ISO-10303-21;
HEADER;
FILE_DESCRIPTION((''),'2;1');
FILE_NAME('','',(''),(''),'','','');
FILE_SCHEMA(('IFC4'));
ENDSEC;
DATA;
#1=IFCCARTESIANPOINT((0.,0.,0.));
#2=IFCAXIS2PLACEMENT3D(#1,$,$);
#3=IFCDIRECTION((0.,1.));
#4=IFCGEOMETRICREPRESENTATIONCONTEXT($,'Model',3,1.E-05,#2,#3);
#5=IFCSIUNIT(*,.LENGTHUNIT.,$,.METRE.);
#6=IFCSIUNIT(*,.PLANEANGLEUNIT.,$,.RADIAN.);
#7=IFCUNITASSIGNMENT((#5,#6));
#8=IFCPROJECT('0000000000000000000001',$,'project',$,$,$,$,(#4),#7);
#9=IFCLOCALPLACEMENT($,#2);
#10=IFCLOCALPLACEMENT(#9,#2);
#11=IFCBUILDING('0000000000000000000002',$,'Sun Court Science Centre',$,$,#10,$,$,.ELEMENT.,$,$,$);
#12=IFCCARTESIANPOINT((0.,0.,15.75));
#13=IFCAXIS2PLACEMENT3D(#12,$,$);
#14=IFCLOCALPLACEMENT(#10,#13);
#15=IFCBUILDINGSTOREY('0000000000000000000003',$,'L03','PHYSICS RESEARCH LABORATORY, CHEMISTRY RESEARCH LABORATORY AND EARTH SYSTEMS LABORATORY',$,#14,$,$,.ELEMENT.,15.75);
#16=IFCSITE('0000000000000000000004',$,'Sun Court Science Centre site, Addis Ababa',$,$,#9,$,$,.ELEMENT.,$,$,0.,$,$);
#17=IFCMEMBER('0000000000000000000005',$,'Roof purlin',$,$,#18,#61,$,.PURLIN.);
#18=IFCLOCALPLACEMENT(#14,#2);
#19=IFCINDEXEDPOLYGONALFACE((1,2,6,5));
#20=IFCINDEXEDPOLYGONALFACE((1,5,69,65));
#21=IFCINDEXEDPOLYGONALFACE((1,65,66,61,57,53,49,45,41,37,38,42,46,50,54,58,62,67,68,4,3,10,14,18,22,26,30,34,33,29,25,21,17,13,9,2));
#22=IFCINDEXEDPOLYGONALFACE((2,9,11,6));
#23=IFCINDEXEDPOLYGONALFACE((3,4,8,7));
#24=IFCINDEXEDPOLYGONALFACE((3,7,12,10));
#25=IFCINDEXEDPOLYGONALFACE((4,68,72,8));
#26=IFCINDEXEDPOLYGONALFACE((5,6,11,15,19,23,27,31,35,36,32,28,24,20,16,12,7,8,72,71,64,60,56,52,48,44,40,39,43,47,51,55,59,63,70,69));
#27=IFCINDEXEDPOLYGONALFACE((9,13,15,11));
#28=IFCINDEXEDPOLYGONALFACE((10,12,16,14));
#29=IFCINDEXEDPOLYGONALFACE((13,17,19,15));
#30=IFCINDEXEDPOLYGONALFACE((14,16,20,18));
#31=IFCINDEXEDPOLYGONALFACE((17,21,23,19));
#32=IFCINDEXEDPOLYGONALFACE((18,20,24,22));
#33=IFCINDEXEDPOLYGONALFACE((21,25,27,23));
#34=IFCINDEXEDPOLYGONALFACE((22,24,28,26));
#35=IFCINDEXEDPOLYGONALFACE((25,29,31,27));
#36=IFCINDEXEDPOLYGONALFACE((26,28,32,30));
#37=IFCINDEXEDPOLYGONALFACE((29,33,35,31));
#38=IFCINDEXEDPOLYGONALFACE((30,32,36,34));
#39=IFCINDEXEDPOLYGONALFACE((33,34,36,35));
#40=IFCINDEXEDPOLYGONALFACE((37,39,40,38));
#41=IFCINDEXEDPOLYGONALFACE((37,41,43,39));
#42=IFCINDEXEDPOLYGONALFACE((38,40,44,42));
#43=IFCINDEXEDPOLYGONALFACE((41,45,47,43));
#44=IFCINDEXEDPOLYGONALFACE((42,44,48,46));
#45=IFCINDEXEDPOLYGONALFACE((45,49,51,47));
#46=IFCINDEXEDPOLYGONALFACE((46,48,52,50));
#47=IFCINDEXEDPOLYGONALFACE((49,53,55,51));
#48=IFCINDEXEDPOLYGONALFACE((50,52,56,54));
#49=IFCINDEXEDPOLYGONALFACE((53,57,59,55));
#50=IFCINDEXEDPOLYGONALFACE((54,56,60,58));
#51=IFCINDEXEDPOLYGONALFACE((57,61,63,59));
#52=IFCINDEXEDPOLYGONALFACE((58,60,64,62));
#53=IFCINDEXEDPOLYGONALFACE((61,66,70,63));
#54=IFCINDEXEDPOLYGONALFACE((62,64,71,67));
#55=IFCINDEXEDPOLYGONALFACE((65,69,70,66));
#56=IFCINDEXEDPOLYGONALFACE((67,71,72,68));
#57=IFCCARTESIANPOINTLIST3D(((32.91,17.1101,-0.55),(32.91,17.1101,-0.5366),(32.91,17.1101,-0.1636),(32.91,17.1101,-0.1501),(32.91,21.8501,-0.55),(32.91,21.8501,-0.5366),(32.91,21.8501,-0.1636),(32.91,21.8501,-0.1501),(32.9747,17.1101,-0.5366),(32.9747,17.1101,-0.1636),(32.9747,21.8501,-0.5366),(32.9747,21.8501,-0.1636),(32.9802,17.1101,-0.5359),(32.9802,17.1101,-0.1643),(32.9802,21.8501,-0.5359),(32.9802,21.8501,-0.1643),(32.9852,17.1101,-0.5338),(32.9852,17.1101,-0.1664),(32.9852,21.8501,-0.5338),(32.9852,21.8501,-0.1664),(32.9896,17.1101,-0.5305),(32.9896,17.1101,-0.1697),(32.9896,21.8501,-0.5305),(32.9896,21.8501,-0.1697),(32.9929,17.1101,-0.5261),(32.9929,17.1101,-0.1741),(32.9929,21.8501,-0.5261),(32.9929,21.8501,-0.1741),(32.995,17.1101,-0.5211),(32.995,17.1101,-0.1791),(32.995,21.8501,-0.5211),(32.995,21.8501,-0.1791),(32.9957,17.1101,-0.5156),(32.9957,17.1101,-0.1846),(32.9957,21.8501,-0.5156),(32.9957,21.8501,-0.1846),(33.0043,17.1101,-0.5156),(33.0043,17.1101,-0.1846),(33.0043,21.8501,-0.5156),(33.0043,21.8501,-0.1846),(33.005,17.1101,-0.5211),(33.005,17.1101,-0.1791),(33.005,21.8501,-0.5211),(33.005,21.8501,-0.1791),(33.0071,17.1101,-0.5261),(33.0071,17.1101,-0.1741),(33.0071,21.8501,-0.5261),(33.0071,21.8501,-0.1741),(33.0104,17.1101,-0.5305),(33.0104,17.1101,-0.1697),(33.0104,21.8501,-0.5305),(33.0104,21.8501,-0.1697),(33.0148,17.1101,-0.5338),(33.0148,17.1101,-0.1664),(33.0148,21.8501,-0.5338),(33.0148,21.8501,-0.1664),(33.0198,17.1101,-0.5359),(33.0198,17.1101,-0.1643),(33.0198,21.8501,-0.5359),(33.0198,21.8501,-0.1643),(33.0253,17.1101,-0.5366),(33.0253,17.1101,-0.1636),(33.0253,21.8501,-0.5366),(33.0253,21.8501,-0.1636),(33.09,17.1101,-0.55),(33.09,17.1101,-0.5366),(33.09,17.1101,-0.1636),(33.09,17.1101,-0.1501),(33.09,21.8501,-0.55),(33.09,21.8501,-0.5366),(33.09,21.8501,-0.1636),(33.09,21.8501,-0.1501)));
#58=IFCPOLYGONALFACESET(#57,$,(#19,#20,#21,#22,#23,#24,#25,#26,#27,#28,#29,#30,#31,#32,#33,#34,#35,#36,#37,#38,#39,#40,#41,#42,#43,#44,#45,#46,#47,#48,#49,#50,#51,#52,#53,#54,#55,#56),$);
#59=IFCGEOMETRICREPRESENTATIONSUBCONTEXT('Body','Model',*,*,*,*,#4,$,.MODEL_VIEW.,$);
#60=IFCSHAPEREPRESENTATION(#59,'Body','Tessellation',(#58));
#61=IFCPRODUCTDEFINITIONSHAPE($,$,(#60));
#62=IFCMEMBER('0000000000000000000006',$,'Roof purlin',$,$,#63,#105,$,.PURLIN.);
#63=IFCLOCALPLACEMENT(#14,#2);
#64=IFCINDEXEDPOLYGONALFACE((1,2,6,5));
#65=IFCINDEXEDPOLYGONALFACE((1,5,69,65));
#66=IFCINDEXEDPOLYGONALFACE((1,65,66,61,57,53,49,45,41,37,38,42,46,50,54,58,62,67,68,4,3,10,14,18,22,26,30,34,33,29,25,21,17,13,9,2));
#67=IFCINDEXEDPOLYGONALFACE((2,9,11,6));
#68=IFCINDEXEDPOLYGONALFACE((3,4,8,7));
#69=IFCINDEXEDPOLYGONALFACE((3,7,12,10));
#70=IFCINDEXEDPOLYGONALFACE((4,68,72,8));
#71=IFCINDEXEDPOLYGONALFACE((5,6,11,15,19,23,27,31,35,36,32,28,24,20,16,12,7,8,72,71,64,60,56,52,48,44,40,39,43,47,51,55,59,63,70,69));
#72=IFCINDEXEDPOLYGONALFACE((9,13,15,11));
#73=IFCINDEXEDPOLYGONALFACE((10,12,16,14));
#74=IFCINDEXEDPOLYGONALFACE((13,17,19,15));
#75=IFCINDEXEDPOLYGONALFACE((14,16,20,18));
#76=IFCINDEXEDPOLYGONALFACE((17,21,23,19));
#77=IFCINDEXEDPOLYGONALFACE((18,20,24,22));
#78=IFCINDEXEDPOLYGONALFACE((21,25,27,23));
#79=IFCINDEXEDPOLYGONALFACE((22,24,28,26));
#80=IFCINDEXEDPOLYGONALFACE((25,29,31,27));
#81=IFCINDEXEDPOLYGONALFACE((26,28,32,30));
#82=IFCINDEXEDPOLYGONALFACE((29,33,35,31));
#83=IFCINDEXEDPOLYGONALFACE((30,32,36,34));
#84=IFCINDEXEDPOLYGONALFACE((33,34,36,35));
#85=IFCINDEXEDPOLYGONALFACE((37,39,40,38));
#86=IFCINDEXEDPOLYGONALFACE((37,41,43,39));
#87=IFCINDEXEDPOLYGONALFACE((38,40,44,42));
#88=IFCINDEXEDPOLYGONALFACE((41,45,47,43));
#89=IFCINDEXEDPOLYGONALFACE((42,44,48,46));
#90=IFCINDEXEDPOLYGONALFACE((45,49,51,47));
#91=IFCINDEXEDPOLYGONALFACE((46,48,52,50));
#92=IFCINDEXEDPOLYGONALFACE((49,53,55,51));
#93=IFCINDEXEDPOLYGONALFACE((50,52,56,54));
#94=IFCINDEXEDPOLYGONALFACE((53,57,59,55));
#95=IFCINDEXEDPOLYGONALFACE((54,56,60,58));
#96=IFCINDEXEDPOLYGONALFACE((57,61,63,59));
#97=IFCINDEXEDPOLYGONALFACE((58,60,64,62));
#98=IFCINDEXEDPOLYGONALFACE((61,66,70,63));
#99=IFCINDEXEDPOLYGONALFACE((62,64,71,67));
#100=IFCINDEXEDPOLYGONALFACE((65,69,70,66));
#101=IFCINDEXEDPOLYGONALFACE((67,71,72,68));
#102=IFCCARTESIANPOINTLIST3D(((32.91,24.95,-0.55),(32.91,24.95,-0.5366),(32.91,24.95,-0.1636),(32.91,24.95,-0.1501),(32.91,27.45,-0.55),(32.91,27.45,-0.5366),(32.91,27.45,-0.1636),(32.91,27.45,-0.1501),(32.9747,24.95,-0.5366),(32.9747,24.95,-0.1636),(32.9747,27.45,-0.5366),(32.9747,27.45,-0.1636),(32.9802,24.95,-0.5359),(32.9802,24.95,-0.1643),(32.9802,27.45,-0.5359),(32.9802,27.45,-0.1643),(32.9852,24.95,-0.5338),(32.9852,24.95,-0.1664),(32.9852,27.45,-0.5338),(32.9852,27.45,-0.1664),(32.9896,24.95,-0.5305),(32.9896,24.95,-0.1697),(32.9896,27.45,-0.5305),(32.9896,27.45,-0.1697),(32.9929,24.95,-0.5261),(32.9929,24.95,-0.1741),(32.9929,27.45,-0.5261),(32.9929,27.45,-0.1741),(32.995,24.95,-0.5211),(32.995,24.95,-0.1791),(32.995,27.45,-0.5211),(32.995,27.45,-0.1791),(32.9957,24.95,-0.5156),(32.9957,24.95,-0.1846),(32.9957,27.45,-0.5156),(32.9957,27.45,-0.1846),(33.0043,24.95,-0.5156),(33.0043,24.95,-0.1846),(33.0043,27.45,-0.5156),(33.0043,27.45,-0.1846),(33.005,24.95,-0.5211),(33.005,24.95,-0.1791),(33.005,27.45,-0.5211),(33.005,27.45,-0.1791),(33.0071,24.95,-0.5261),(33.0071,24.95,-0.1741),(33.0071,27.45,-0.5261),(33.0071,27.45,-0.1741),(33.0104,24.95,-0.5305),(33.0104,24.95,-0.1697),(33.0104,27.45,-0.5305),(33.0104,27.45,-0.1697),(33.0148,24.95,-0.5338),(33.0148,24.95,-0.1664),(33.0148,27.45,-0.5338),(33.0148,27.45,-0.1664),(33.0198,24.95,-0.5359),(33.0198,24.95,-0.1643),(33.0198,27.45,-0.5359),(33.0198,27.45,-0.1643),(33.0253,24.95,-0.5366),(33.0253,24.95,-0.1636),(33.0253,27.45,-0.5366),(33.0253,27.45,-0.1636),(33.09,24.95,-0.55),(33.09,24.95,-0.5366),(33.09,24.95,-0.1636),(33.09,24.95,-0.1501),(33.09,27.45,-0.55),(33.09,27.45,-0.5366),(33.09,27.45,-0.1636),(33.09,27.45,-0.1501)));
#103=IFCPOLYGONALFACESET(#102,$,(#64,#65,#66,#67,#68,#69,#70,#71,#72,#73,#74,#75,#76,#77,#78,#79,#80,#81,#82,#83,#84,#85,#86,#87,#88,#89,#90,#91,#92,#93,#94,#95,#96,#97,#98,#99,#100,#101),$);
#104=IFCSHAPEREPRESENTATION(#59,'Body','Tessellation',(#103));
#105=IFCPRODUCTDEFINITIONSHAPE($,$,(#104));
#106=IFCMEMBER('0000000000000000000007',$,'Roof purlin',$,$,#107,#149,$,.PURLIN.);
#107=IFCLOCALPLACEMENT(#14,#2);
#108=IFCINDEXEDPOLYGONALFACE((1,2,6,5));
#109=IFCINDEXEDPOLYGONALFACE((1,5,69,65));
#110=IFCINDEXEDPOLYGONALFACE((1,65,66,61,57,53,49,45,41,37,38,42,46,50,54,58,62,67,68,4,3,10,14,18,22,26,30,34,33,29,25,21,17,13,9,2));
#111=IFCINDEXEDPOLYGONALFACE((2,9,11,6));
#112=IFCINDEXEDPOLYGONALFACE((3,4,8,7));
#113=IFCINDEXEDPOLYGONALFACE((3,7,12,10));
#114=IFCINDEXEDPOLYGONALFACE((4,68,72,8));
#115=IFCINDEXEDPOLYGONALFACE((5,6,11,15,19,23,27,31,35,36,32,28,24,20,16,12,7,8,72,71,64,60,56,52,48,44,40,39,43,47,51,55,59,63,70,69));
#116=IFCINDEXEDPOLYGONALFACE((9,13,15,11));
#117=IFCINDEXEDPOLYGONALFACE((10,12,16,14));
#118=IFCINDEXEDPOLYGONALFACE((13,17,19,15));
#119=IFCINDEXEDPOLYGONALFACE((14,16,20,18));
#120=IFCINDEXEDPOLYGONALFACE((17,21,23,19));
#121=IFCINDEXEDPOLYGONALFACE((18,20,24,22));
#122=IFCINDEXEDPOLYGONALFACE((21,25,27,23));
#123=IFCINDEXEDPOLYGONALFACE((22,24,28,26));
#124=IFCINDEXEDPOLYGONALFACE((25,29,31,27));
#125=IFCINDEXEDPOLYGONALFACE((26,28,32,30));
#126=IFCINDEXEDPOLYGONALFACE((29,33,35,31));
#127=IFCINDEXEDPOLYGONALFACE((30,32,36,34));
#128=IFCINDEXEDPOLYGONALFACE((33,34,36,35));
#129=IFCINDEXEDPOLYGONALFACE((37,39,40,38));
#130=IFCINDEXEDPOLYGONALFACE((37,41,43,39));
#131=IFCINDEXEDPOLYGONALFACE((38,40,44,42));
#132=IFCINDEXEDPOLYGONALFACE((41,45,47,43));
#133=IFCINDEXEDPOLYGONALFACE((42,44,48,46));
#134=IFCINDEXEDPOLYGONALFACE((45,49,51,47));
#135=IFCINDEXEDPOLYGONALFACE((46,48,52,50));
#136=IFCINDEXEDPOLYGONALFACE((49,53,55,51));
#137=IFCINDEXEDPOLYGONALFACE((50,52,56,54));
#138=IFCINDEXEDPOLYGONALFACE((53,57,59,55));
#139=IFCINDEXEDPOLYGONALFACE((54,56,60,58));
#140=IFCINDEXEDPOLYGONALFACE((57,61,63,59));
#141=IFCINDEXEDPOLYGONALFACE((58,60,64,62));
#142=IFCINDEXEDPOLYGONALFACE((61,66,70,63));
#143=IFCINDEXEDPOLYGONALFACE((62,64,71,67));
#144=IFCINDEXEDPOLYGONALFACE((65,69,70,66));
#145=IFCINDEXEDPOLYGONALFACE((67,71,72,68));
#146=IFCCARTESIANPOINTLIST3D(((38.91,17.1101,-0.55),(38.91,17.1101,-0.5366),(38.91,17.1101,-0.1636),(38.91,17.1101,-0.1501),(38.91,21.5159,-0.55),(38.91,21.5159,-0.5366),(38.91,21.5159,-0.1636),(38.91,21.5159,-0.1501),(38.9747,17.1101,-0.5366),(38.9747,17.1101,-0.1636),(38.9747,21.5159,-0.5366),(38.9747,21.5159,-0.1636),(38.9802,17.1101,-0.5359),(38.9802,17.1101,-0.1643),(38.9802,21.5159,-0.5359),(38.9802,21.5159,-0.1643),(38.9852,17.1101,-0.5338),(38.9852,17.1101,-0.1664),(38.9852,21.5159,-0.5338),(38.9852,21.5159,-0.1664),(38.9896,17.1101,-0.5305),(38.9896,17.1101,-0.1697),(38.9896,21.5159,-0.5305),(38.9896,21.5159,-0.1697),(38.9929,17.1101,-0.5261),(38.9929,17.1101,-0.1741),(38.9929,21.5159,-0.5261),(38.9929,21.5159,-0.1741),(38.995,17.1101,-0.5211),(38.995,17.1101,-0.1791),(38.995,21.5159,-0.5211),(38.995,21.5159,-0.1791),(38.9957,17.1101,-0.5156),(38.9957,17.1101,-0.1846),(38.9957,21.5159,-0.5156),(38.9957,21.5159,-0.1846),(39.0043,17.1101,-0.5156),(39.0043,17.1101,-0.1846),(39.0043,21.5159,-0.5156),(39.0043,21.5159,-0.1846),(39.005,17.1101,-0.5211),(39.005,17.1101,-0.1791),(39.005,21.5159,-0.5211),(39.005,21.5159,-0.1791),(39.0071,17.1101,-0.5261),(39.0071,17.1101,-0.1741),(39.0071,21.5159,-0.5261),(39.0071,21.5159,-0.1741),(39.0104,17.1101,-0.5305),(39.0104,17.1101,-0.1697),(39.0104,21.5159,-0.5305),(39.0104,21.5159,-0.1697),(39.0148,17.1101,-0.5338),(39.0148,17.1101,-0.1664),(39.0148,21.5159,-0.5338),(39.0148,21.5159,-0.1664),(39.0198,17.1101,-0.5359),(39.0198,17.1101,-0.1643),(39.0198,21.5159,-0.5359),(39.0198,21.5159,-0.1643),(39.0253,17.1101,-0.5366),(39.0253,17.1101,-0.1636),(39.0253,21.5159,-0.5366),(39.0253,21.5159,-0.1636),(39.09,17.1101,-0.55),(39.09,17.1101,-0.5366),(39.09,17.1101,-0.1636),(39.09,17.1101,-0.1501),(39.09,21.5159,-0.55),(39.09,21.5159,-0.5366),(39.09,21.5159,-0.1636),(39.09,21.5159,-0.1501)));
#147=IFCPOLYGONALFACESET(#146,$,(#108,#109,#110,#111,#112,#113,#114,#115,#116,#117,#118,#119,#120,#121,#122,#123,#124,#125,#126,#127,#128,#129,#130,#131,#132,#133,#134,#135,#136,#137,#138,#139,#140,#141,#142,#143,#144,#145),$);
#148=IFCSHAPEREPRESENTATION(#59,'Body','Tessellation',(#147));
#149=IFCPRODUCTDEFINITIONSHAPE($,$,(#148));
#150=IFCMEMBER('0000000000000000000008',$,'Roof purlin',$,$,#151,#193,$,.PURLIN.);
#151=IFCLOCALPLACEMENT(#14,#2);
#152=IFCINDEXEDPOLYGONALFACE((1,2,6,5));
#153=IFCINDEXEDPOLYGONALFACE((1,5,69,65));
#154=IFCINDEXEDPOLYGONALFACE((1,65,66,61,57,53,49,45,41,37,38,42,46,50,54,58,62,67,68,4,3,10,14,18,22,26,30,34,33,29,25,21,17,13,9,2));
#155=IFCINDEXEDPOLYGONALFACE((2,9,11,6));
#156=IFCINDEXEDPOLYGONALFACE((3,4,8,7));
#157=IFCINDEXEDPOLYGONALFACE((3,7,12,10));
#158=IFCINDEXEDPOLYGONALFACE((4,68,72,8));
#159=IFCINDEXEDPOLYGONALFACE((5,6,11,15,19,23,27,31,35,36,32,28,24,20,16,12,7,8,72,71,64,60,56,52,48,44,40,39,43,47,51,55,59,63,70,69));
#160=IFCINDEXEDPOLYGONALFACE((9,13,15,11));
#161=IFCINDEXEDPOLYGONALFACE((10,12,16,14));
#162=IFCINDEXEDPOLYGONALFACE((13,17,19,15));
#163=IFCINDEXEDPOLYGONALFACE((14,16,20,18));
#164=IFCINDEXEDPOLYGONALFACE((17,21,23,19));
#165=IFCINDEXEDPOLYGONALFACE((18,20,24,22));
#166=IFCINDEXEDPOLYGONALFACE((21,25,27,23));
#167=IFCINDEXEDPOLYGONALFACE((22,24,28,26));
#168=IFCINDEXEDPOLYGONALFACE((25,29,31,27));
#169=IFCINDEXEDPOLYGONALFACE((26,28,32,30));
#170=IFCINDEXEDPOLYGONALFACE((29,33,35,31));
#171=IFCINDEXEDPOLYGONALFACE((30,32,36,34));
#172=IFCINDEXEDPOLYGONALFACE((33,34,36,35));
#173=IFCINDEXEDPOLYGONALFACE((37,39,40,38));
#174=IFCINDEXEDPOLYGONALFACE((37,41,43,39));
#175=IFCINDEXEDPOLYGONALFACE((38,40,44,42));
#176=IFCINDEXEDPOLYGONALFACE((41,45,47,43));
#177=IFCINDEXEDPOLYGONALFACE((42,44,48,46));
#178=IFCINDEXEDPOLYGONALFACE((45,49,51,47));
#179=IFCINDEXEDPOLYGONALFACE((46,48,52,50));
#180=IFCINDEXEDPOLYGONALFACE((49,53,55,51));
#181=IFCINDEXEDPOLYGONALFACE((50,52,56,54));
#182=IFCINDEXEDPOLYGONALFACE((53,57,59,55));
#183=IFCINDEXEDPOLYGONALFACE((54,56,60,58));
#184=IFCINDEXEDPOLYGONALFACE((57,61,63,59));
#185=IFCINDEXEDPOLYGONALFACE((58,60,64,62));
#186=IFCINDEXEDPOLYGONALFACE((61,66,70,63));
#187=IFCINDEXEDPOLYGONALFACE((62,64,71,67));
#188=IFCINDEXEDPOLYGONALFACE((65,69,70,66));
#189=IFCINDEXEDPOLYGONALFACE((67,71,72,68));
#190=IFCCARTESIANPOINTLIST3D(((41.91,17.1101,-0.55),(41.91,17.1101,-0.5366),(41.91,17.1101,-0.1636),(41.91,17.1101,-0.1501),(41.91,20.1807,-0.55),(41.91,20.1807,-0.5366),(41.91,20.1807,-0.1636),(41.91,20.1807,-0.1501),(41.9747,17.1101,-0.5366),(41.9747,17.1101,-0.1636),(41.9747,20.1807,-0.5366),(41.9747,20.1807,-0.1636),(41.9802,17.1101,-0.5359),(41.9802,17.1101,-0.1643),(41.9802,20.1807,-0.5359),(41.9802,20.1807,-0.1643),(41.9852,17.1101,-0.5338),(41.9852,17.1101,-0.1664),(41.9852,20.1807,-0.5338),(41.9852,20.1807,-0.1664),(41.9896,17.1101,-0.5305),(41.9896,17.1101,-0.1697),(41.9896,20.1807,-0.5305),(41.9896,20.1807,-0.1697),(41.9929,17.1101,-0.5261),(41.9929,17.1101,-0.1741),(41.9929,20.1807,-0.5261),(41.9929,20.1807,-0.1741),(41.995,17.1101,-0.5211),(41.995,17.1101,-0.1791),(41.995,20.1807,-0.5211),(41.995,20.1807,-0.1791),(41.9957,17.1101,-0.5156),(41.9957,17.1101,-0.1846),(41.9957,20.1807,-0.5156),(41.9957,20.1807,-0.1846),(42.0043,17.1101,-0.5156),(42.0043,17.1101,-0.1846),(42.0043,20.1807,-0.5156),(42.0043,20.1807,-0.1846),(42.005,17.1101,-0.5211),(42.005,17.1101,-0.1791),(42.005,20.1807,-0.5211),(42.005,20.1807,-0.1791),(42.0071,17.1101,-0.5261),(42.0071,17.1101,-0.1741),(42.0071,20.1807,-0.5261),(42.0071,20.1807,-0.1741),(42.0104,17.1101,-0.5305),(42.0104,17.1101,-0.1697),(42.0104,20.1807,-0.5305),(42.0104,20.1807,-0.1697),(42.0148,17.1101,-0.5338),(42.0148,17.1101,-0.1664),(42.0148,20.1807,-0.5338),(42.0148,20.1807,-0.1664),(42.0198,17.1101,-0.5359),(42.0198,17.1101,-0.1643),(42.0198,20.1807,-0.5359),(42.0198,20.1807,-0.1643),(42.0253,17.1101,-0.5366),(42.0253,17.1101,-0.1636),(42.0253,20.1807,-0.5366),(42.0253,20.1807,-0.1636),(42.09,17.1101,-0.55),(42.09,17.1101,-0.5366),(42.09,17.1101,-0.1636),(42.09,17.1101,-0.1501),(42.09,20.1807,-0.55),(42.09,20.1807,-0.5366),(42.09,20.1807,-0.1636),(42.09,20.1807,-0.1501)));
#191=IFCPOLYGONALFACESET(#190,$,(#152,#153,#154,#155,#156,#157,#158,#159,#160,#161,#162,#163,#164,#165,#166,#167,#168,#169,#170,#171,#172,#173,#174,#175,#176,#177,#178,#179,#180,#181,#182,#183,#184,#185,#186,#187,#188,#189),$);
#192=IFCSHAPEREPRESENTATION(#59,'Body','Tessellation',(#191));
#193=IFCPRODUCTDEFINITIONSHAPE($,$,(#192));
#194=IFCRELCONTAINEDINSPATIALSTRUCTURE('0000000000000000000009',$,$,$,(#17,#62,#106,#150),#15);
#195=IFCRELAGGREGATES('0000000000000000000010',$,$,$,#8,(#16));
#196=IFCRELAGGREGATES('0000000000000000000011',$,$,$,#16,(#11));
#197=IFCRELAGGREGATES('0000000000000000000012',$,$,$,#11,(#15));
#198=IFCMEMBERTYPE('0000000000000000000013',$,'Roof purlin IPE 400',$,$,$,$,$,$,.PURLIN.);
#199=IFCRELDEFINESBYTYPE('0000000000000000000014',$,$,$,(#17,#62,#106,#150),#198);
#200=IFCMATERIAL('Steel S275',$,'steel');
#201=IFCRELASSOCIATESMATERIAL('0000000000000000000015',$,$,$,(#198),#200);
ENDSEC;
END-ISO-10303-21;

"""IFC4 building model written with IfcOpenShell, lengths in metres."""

from ifc_helpers import new_model, si_unit, direction, frame, origin, origin_2d, place, context, subcontext, project, spatial, i_section, extrude, material, material_profile, profile_set, type_object, element, save


model = new_model("IFC4")

# Units and contexts
model_context = context("Model", 3, precision=1e-05, world=origin(), true_north=direction((0.0, 1.0)))
body_context = subcontext(model_context, "Body", "Model", "MODEL_VIEW")
ifc_project = project(units=[si_unit("LENGTHUNIT", "METRE"), si_unit("PLANEANGLEUNIT", "RADIAN")], contexts=[model_context])

# Site, building, storey
site_placement = place(None, origin())
site = spatial("IfcSite", under=ifc_project, at=site_placement, Name="Sun Court Science Centre site, Addis Ababa", CompositionType="ELEMENT", RefElevation=0.0)
building_placement = place(site_placement, origin())
building = spatial("IfcBuilding", under=site, at=building_placement, Name="Sun Court Science Centre", CompositionType="ELEMENT")
storey_placement = place(building_placement, frame((0.0, 0.0, 15.75)))
storey = spatial("IfcBuildingStorey", under=building, at=storey_placement, Name="L03", Description="PHYSICS RESEARCH LABORATORY, CHEMISTRY RESEARCH LABORATORY AND EARTH SYSTEMS LABORATORY", CompositionType="ELEMENT", Elevation=15.75)

# Members
ifc_material_1 = material(Name="Steel S275", Category="steel")
ifc_material_profile_1 = material_profile(ifc_material_1, i_section(OverallWidth=0.1799, OverallDepth=0.3999, WebThickness=0.0085, FlangeThickness=0.0134, FilletRadius=0.021, at=origin_2d()), Name="IPE 400")
ifc_profile_set_1 = profile_set([ifc_material_profile_1], Name="Steel S275")
member_type = type_object("IfcMemberType", Name="Roof purlin IPE 400", PredefinedType="PURLIN", material=ifc_profile_set_1)
member_1_placement = place(storey_placement, frame((33.0, 17.1101, -0.3501), z_axis=(0.0, 1.0, 0.0), x_axis=(-1.0, 0.0, 0.0)))
element("IfcMember", 1, at=member_1_placement, inside=storey, type_object=member_type, Name="Roof purlin", PredefinedType="PURLIN", context=body_context, shape_type="SweptSolid", body=[
    extrude(i_section(OverallWidth=0.1799, OverallDepth=0.3999, WebThickness=0.0085, FlangeThickness=0.0134, FilletRadius=0.021, at=origin_2d()), origin(), (0.0, 0.0, 1.0), 4.74),
])
member_2_placement = place(storey_placement, frame((33.0, 24.95, -0.3501), z_axis=(0.0, 1.0, 0.0), x_axis=(-1.0, 0.0, 0.0)))
element("IfcMember", 2, at=member_2_placement, inside=storey, type_object=member_type, Name="Roof purlin", PredefinedType="PURLIN", context=body_context, shape_type="SweptSolid", body=[
    extrude(i_section(OverallWidth=0.1799, OverallDepth=0.3999, WebThickness=0.0085, FlangeThickness=0.0134, FilletRadius=0.021, at=origin_2d()), origin(), (0.0, 0.0, 1.0), 2.5),
])
member_3_placement = place(storey_placement, frame((39.0, 17.1101, -0.3501), z_axis=(0.0, 1.0, 0.0), x_axis=(-1.0, 0.0, 0.0)))
element("IfcMember", 3, at=member_3_placement, inside=storey, type_object=member_type, Name="Roof purlin", PredefinedType="PURLIN", context=body_context, shape_type="SweptSolid", body=[
    extrude(i_section(OverallWidth=0.1799, OverallDepth=0.3999, WebThickness=0.0085, FlangeThickness=0.0134, FilletRadius=0.021, at=origin_2d()), origin(), (0.0, 0.0, 1.0), 4.4058),
])
member_4_placement = place(storey_placement, frame((42.0, 17.1101, -0.3501), z_axis=(0.0, 1.0, 0.0), x_axis=(-1.0, 0.0, 0.0)))
element("IfcMember", 4, at=member_4_placement, inside=storey, type_object=member_type, Name="Roof purlin", PredefinedType="PURLIN", context=body_context, shape_type="SweptSolid", body=[
    extrude(i_section(OverallWidth=0.1799, OverallDepth=0.3999, WebThickness=0.0085, FlangeThickness=0.0134, FilletRadius=0.021, at=origin_2d()), origin(), (0.0, 0.0, 1.0), 3.0706),
])

save(model, "model.ifc")
